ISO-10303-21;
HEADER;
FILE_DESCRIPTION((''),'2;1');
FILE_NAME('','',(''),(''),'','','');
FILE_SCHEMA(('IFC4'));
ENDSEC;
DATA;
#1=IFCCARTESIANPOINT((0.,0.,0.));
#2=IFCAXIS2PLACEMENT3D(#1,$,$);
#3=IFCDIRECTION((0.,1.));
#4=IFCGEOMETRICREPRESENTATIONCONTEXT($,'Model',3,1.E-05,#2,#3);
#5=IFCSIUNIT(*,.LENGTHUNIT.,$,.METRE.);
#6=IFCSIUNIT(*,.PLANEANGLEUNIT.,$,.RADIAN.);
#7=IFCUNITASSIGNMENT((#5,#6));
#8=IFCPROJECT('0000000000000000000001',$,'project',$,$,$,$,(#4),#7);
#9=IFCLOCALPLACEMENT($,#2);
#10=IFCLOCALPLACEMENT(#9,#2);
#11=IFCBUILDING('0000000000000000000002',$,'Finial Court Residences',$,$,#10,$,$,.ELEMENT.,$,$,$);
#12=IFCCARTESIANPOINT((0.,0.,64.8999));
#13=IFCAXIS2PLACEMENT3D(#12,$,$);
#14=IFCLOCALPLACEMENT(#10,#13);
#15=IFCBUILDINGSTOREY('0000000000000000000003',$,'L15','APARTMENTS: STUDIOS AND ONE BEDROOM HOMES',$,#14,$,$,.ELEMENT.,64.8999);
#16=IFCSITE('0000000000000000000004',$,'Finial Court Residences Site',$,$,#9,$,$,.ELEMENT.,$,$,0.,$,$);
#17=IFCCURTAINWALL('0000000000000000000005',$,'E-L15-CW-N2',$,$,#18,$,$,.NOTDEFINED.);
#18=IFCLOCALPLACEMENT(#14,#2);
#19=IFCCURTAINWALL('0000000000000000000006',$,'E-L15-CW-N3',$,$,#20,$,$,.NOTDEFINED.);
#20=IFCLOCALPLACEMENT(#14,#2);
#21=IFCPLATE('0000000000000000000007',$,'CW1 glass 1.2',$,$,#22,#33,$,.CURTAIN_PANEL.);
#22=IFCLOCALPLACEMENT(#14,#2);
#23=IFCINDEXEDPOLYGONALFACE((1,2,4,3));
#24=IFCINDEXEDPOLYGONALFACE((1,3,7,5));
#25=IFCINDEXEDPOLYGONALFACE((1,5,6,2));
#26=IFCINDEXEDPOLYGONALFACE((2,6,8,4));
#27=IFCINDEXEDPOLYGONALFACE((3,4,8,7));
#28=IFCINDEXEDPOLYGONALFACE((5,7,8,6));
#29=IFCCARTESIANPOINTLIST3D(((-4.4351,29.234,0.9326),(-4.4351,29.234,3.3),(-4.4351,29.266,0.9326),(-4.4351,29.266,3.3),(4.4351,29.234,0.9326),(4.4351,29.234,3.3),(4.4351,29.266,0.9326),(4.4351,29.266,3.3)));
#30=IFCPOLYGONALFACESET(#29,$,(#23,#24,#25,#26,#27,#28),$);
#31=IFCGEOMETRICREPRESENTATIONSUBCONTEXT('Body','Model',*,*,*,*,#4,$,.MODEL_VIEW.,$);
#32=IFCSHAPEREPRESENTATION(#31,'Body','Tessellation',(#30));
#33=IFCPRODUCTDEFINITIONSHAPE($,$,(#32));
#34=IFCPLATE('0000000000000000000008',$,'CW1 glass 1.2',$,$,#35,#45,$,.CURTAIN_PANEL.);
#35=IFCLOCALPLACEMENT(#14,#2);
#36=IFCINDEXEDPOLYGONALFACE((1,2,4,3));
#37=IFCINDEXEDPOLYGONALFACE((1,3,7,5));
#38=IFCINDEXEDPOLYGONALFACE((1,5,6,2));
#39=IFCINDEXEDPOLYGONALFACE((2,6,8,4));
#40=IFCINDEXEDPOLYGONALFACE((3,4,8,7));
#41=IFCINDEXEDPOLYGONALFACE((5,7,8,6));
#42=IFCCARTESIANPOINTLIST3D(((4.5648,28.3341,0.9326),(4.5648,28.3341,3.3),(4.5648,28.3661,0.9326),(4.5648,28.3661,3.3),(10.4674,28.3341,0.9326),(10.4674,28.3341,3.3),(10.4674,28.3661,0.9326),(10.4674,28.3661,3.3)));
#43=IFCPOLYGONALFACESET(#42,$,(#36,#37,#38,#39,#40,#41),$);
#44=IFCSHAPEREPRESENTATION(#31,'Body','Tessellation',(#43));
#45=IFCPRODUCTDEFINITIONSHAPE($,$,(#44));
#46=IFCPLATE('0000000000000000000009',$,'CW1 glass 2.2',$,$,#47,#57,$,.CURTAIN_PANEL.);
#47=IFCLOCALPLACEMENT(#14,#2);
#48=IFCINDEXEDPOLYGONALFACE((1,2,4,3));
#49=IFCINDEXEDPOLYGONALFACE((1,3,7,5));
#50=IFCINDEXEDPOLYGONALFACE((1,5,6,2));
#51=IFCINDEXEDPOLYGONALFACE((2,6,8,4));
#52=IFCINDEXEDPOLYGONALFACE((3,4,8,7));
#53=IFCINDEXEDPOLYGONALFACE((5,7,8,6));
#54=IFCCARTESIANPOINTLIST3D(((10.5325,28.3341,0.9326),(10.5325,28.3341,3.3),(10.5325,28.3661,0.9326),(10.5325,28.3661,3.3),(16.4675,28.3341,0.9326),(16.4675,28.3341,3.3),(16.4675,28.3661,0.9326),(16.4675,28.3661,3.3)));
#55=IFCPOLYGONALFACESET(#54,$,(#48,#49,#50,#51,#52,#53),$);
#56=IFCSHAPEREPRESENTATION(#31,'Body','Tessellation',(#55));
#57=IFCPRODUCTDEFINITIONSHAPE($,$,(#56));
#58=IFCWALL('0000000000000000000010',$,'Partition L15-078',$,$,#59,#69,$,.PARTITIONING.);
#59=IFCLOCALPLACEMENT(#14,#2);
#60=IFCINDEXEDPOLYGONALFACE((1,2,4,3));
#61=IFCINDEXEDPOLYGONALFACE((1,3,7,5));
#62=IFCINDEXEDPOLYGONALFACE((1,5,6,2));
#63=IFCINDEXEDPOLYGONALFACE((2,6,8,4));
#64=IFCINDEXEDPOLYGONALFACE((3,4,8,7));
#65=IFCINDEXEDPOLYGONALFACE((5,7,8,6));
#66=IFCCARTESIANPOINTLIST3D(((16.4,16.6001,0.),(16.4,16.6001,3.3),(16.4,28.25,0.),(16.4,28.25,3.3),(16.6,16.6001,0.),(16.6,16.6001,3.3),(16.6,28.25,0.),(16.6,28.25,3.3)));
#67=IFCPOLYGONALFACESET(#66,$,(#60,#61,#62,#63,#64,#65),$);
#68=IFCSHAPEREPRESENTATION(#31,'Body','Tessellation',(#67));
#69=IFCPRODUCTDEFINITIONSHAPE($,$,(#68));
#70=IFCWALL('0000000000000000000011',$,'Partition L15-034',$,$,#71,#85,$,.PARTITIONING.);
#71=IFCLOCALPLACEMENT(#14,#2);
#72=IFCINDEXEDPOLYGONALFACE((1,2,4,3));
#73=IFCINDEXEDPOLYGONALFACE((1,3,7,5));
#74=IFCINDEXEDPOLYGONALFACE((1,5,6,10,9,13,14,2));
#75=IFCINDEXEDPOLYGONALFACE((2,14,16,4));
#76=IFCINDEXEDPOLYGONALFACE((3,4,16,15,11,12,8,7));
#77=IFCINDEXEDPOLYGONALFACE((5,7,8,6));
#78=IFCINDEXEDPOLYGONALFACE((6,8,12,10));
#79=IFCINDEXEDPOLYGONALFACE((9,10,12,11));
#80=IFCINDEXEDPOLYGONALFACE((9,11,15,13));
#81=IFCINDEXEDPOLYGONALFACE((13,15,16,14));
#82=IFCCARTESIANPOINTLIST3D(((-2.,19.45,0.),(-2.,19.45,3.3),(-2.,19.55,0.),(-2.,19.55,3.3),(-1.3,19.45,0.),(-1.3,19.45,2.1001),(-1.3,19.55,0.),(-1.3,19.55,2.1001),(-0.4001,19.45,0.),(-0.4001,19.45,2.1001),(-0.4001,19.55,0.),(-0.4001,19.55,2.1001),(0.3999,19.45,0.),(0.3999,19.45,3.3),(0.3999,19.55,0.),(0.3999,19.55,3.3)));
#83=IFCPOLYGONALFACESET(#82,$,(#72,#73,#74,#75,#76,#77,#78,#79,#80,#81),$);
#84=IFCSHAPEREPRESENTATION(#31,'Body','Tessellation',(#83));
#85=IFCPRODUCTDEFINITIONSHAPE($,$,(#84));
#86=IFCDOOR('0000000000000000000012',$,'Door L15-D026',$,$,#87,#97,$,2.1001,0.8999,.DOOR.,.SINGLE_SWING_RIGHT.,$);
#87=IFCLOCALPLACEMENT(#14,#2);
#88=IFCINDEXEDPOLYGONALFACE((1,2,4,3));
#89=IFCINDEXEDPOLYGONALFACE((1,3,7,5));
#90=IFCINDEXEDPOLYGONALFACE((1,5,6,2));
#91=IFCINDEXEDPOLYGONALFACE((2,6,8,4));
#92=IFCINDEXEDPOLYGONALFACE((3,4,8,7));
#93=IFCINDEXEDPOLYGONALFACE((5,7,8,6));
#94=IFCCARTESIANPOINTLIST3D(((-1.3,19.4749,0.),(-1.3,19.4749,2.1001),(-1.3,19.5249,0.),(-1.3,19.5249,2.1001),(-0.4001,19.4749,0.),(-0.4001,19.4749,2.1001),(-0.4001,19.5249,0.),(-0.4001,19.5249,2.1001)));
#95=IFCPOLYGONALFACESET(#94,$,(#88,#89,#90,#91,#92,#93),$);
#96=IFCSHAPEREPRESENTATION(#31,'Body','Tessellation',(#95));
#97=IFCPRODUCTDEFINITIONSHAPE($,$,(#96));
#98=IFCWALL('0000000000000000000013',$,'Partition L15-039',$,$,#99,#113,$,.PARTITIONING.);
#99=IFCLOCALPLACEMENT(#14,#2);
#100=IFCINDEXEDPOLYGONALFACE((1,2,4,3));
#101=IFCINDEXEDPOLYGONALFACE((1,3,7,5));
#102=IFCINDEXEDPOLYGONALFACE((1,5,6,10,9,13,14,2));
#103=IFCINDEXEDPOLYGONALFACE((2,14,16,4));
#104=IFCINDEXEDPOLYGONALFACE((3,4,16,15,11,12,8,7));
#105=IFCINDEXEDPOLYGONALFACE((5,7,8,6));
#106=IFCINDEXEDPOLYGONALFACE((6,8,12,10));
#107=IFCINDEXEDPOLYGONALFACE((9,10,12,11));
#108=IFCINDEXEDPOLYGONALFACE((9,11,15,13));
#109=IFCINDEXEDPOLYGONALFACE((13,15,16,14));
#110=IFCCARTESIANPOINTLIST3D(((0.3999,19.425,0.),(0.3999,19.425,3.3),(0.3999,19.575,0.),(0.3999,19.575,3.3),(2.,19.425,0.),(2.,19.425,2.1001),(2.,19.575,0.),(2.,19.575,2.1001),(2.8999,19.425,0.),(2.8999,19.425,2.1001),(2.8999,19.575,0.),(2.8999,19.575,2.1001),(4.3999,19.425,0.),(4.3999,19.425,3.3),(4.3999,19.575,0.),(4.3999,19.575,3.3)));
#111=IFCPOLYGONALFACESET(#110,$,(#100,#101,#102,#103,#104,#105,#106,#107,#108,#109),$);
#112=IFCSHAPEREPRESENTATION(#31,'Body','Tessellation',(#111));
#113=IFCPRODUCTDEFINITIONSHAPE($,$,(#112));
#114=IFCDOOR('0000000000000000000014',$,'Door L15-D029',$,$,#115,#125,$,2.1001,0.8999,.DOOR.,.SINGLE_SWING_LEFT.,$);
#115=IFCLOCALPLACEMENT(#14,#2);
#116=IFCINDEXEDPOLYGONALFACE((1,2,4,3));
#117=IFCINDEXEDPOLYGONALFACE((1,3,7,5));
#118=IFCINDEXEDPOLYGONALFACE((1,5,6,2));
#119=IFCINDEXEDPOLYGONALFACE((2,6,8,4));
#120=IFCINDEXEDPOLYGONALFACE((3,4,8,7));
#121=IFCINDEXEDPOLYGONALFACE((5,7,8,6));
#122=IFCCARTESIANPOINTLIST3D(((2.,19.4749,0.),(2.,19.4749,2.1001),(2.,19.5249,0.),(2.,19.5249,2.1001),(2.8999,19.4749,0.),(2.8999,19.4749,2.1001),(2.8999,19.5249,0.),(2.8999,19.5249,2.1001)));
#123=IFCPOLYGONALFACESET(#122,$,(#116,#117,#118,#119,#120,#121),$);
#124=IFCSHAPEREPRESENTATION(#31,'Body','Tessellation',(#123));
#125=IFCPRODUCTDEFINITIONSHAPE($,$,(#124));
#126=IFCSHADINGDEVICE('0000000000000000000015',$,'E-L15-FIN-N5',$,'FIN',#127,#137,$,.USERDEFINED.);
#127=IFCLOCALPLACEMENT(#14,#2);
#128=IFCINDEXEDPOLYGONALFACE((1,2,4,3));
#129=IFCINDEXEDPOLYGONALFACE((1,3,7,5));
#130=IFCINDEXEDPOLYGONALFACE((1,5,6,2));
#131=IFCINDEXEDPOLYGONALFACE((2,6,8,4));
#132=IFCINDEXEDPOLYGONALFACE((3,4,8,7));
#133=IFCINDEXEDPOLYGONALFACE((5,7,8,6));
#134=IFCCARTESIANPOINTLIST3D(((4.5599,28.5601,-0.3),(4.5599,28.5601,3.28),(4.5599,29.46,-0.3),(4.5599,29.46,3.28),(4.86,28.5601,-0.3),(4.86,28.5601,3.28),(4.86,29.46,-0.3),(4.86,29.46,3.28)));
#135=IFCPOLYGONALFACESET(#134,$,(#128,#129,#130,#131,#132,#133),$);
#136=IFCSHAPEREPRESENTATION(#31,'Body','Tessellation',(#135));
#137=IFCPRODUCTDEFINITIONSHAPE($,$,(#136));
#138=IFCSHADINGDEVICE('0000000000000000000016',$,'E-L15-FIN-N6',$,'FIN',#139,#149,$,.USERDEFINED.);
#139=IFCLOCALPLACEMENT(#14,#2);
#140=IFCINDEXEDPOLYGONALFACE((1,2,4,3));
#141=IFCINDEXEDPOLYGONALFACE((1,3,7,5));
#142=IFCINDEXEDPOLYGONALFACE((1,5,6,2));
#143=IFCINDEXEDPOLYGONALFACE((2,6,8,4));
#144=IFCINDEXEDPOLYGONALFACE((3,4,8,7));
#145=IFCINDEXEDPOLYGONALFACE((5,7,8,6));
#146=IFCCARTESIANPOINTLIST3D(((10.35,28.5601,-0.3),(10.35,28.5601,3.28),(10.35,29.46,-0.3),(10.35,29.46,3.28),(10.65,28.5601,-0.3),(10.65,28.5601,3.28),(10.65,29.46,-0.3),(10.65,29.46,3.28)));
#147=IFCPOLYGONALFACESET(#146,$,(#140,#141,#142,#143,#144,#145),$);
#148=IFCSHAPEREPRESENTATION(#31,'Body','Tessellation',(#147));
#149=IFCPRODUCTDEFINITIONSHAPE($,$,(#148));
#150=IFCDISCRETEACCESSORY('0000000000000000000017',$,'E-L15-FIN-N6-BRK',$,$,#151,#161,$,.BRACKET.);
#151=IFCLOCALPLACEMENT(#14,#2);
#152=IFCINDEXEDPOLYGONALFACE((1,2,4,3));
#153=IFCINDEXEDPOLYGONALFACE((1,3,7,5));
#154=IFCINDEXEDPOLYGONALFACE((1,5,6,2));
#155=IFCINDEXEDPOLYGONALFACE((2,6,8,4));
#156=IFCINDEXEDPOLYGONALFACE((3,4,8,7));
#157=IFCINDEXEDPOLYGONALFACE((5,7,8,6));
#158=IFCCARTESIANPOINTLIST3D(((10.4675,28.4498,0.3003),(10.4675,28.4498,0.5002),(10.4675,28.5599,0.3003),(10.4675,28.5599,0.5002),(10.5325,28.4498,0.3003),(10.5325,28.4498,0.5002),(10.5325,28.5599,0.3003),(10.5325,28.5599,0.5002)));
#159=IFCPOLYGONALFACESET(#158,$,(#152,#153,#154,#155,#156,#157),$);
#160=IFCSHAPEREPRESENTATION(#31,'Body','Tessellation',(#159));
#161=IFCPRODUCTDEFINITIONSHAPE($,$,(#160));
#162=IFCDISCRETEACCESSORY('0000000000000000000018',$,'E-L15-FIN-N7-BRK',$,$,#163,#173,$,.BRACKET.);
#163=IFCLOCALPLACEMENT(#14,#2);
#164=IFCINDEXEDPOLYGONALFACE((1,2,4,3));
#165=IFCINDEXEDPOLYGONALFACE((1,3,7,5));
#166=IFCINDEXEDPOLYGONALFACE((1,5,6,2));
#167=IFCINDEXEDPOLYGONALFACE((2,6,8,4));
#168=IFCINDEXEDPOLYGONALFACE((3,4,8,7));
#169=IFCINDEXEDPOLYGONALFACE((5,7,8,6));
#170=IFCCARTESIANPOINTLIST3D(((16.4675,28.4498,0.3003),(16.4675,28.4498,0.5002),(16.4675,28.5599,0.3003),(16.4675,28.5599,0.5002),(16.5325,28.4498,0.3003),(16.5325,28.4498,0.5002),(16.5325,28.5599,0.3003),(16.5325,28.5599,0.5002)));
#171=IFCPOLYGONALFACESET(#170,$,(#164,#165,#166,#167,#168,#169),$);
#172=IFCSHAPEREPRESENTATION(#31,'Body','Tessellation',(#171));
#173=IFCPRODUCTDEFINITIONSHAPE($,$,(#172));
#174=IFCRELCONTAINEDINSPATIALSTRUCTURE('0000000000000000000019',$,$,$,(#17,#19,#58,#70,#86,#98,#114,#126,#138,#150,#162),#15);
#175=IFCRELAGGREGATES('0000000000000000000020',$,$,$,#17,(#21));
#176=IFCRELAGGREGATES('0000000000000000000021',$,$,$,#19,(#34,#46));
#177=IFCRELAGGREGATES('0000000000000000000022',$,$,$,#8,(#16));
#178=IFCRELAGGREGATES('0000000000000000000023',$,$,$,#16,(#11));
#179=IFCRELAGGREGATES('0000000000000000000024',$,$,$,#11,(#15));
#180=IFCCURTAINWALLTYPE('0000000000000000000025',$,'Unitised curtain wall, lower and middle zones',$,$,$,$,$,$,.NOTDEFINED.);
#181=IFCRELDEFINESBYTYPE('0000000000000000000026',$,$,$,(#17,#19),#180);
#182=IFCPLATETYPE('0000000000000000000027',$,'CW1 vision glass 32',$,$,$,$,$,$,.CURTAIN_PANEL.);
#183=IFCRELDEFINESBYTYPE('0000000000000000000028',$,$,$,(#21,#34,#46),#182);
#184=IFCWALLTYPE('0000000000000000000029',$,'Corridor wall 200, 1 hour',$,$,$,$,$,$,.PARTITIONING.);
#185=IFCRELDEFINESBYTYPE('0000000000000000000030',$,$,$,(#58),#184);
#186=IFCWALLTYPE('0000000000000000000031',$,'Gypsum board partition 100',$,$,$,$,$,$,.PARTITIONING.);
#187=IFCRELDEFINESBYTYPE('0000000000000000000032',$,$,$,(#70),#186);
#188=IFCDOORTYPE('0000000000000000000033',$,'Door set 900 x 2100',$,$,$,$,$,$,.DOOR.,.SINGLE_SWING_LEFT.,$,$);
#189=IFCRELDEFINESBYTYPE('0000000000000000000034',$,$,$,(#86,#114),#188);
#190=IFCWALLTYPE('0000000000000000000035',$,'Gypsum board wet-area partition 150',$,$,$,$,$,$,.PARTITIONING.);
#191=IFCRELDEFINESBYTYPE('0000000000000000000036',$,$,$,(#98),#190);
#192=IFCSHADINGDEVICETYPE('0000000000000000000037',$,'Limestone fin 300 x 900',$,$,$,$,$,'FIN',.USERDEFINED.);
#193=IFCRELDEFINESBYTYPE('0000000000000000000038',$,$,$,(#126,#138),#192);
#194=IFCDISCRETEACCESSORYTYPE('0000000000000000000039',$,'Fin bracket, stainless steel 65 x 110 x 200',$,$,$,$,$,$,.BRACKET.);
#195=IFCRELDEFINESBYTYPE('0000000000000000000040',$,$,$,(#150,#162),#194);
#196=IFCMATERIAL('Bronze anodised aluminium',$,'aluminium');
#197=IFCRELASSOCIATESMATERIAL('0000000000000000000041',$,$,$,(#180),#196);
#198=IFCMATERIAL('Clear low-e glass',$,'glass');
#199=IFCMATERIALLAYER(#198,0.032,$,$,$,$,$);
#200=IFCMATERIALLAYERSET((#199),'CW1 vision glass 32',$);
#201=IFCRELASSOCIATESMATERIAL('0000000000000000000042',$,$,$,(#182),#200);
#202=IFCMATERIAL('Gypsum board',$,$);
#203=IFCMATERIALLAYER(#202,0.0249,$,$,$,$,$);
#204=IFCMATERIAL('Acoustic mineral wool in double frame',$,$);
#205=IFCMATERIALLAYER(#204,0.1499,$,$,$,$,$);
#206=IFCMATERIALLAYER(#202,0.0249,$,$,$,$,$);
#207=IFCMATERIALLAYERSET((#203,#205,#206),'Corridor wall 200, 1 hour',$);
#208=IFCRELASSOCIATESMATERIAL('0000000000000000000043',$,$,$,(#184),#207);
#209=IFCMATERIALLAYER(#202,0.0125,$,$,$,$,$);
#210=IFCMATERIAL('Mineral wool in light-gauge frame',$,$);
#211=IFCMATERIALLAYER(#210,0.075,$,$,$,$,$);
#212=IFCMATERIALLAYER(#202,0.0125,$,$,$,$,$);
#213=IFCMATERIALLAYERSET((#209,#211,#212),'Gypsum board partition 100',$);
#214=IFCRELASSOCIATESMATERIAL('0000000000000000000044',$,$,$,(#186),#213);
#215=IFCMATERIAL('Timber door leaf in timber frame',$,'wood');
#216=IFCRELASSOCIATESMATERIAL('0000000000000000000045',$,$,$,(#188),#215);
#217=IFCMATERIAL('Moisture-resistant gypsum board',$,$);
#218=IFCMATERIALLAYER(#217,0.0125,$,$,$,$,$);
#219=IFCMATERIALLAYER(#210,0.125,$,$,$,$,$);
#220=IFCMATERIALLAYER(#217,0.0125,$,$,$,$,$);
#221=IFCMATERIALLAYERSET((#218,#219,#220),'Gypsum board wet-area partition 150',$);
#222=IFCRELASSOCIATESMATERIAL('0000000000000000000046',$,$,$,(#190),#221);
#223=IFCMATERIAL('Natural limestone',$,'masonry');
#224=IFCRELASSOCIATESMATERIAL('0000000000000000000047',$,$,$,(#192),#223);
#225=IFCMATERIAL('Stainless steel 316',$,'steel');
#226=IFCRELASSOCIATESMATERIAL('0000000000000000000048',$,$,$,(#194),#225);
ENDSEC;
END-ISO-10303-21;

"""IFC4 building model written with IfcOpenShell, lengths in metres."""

from ifc_helpers import new_model, si_unit, direction, frame, frame_2d, origin, origin_2d, place, context, subcontext, project, spatial, rectangle, extrude, material, layer, layer_set, type_object, element, fill, aggregate, save


model = new_model("IFC4")

# Units and contexts
model_context = context("Model", 3, precision=1e-05, world=origin(), true_north=direction((0.0, 1.0)))
body_context = subcontext(model_context, "Body", "Model", "MODEL_VIEW")
ifc_project = project(units=[si_unit("LENGTHUNIT", "METRE"), si_unit("PLANEANGLEUNIT", "RADIAN")], contexts=[model_context])

# Site, building, storey
site_placement = place(None, origin())
site = spatial("IfcSite", under=ifc_project, at=site_placement, Name="Finial Court Residences Site", CompositionType="ELEMENT", RefElevation=0.0)
building_placement = place(site_placement, origin())
building = spatial("IfcBuilding", under=site, at=building_placement, Name="Finial Court Residences", CompositionType="ELEMENT")
storey_placement = place(building_placement, frame((0.0, 0.0, 64.8999)))
storey = spatial("IfcBuildingStorey", under=building, at=storey_placement, Name="L15", Description="APARTMENTS: STUDIOS AND ONE BEDROOM HOMES", CompositionType="ELEMENT", Elevation=64.8999)

# Curtain wall
ifc_material_1 = material(Name="Bronze anodised aluminium", Category="aluminium")
curtain_wall_type = type_object("IfcCurtainWallType", Name="Unitised curtain wall, lower and middle zones", PredefinedType="NOTDEFINED", material=ifc_material_1)
curtain_wall_1_placement = place(storey_placement, origin())
curtain_wall_1 = element("IfcCurtainWall", 1, at=curtain_wall_1_placement, inside=storey, type_object=curtain_wall_type, Name="E-L15-CW-N2", PredefinedType="NOTDEFINED")

# Curtain wall
curtain_wall_2_placement = place(storey_placement, origin())
curtain_wall_2 = element("IfcCurtainWall", 2, at=curtain_wall_2_placement, inside=storey, type_object=curtain_wall_type, Name="E-L15-CW-N3", PredefinedType="NOTDEFINED")

# Plates
ifc_material_2 = material(Name="Clear low-e glass", Category="glass")
ifc_layer_1 = layer(ifc_material_2, 0.032)
ifc_layer_set_1 = layer_set([ifc_layer_1], Name="CW1 vision glass 32")
plate_type_1 = type_object("IfcPlateType", Name="CW1 vision glass 32", PredefinedType="CURTAIN_PANEL", material=ifc_layer_set_1)
plate_1_placement = place(storey_placement, frame((0.0, 29.25, 0.9326), z_axis=(0.0, 0.0, 1.0), x_axis=(1.0, 0.0, 0.0)))
plate_1 = element("IfcPlate", 3, at=plate_1_placement, type_object=plate_type_1, Name="CW1 glass 1.2", PredefinedType="CURTAIN_PANEL", context=body_context, shape_type="SweptSolid", body=[
    extrude(rectangle(XDim=8.8701, YDim=0.032, at=origin_2d()), origin(), (0.0, 0.0, 1.0), 2.3674),
])
aggregate(curtain_wall_1, [plate_1])
plate_2_placement = place(storey_placement, frame((7.5161, 28.3501, 0.9326), z_axis=(0.0, 0.0, 1.0), x_axis=(1.0, 0.0, 0.0)))
plate_2 = element("IfcPlate", 4, at=plate_2_placement, type_object=plate_type_1, Name="CW1 glass 1.2", PredefinedType="CURTAIN_PANEL", context=body_context, shape_type="SweptSolid", body=[
    extrude(rectangle(XDim=5.9026, YDim=0.032, at=origin_2d()), origin(), (0.0, 0.0, 1.0), 2.3674),
])
plate_3_placement = place(storey_placement, frame((13.5, 28.3501, 0.9326), z_axis=(0.0, 0.0, 1.0), x_axis=(1.0, 0.0, 0.0)))
plate_3 = element("IfcPlate", 5, at=plate_3_placement, type_object=plate_type_1, Name="CW1 glass 2.2", PredefinedType="CURTAIN_PANEL", context=body_context, shape_type="SweptSolid", body=[
    extrude(rectangle(XDim=5.9351, YDim=0.032, at=origin_2d()), origin(), (0.0, 0.0, 1.0), 2.3674),
])
aggregate(curtain_wall_2, [plate_2, plate_3])

# Wall
ifc_material_3 = material(Name="Gypsum board")
ifc_layer_2 = layer(ifc_material_3, 0.0249)
ifc_material_4 = material(Name="Acoustic mineral wool in double frame")
ifc_layer_3 = layer(ifc_material_4, 0.1499)
ifc_layer_4 = layer(ifc_material_3, 0.0249)
ifc_layer_set_2 = layer_set([ifc_layer_2, ifc_layer_3, ifc_layer_4], Name="Corridor wall 200, 1 hour")
wall_type_1 = type_object("IfcWallType", Name="Corridor wall 200, 1 hour", PredefinedType="PARTITIONING", material=ifc_layer_set_2)
wall_1_placement = place(storey_placement, frame((16.5, 16.6001, 0.0), z_axis=(0.0, 0.0, 1.0), x_axis=(0.0, 1.0, 0.0)))
element("IfcWall", 6, at=wall_1_placement, inside=storey, type_object=wall_type_1, Name="Partition L15-078", PredefinedType="PARTITIONING", context=body_context, shape_type="SweptSolid", body=[
    extrude(rectangle(XDim=11.6499, YDim=0.2, at=frame_2d((5.825, 0.0))), origin(), (0.0, 0.0, 1.0), 3.3),
])

# Walls, openings, doors
ifc_layer_5 = layer(ifc_material_3, 0.0125)
ifc_material_5 = material(Name="Mineral wool in light-gauge frame")
ifc_layer_6 = layer(ifc_material_5, 0.075)
ifc_layer_7 = layer(ifc_material_3, 0.0125)
ifc_layer_set_3 = layer_set([ifc_layer_5, ifc_layer_6, ifc_layer_7], Name="Gypsum board partition 100")
wall_type_2 = type_object("IfcWallType", Name="Gypsum board partition 100", PredefinedType="PARTITIONING", material=ifc_layer_set_3)
wall_2_placement = place(storey_placement, frame((-2.0, 19.5, 0.0), z_axis=(0.0, 0.0, 1.0), x_axis=(1.0, 0.0, 0.0)))
wall_2 = element("IfcWall", 7, at=wall_2_placement, inside=storey, type_object=wall_type_2, Name="Partition L15-034", PredefinedType="PARTITIONING", context=body_context, shape_type="SweptSolid", body=[
    extrude(rectangle(XDim=2.3999, YDim=0.1001, at=frame_2d((1.2, 0.0))), origin(), (0.0, 0.0, 1.0), 3.3),
])
opening_1_placement = place(wall_2_placement, frame((0.7, 0.0, 0.0)))
opening_1 = element("IfcOpeningElement", 8, at=opening_1_placement, cuts=wall_2, PredefinedType="OPENING", context=body_context, shape_type="SweptSolid", body=[
    extrude(rectangle(XDim=0.8999, YDim=2.1001, at=frame_2d((0.45, 1.05))), frame((0.0, 0.0601, 0.0), z_axis=(0.0, -1.0, 0.0), x_axis=(1.0, 0.0, 0.0)), (0.0, 0.0, 1.0), 0.1201),
])
ifc_material_6 = material(Name="Timber door leaf in timber frame", Category="wood")
door_type = type_object("IfcDoorType", Name="Door set 900 x 2100", OperationType="SINGLE_SWING_LEFT", PredefinedType="DOOR", material=ifc_material_6)
door_1_placement = place(opening_1_placement, origin())
door_1 = element("IfcDoor", 9, at=door_1_placement, inside=storey, type_object=door_type, Name="Door L15-D026", OperationType="SINGLE_SWING_RIGHT", OverallHeight=2.1001, OverallWidth=0.8999, PredefinedType="DOOR", context=body_context, shape_type="SweptSolid", body=[
    extrude(rectangle(XDim=0.8999, YDim=2.1001, at=frame_2d((0.45, 1.05))), frame((0.0, 0.0249, 0.0), z_axis=(0.0, -1.0, 0.0), x_axis=(1.0, 0.0, 0.0)), (0.0, 0.0, 1.0), 0.05),
])
fill(opening_1, door_1)
ifc_material_7 = material(Name="Moisture-resistant gypsum board")
ifc_layer_8 = layer(ifc_material_7, 0.0125)
ifc_layer_9 = layer(ifc_material_5, 0.125)
ifc_layer_10 = layer(ifc_material_7, 0.0125)
ifc_layer_set_4 = layer_set([ifc_layer_8, ifc_layer_9, ifc_layer_10], Name="Gypsum board wet-area partition 150")
wall_type_3 = type_object("IfcWallType", Name="Gypsum board wet-area partition 150", PredefinedType="PARTITIONING", material=ifc_layer_set_4)
wall_3_placement = place(storey_placement, frame((0.3999, 19.5, 0.0), z_axis=(0.0, 0.0, 1.0), x_axis=(1.0, 0.0, 0.0)))
wall_3 = element("IfcWall", 10, at=wall_3_placement, inside=storey, type_object=wall_type_3, Name="Partition L15-039", PredefinedType="PARTITIONING", context=body_context, shape_type="SweptSolid", body=[
    extrude(rectangle(XDim=4.0, YDim=0.1499, at=frame_2d((2.0, 0.0))), origin(), (0.0, 0.0, 1.0), 3.3),
])
opening_2_placement = place(wall_3_placement, frame((1.6001, 0.0, 0.0)))
opening_2 = element("IfcOpeningElement", 11, at=opening_2_placement, cuts=wall_3, PredefinedType="OPENING", context=body_context, shape_type="SweptSolid", body=[
    extrude(rectangle(XDim=0.8999, YDim=2.1001, at=frame_2d((0.45, 1.05))), frame((0.0, 0.085, 0.0), z_axis=(0.0, -1.0, 0.0), x_axis=(1.0, 0.0, 0.0)), (0.0, 0.0, 1.0), 0.1699),
])
door_2_placement = place(opening_2_placement, origin())
door_2 = element("IfcDoor", 12, at=door_2_placement, inside=storey, type_object=door_type, Name="Door L15-D029", OperationType="SINGLE_SWING_LEFT", OverallHeight=2.1001, OverallWidth=0.8999, PredefinedType="DOOR", context=body_context, shape_type="SweptSolid", body=[
    extrude(rectangle(XDim=0.8999, YDim=2.1001, at=frame_2d((0.45, 1.05))), frame((0.0, 0.0249, 0.0), z_axis=(0.0, -1.0, 0.0), x_axis=(1.0, 0.0, 0.0)), (0.0, 0.0, 1.0), 0.05),
])
fill(opening_2, door_2)

# Shading devices
ifc_material_8 = material(Name="Natural limestone", Category="masonry")
shading_device_type = type_object("IfcShadingDeviceType", Name="Limestone fin 300 x 900", ElementType="FIN", PredefinedType="USERDEFINED", material=ifc_material_8)
for number, where, z_axis, x_axis, name in (
    (13, (4.71, 29.01, -0.3), (0.0, 0.0, 1.0), (1.0, 0.0, 0.0), "E-L15-FIN-N5"),
    (14, (10.5, 29.01, -0.3), (0.0, 0.0, 1.0), (1.0, 0.0, 0.0), "E-L15-FIN-N6"),
):
    element("IfcShadingDevice", number, at=place(storey_placement, frame(where, z_axis=z_axis, x_axis=x_axis)), inside=storey, type_object=shading_device_type, Name=name, ObjectType="FIN", PredefinedType="USERDEFINED", context=body_context, shape_type="SweptSolid", body=[
        extrude(rectangle(XDim=0.3, YDim=0.8999, at=origin_2d()), origin(), (0.0, 0.0, 1.0), 3.5801),
    ])

# Discrete accessories
ifc_material_9 = material(Name="Stainless steel 316", Category="steel")
discrete_accessory_type = type_object("IfcDiscreteAccessoryType", Name="Fin bracket, stainless steel 65 x 110 x 200", PredefinedType="BRACKET", material=ifc_material_9)
for number, where, z_axis, x_axis, name in (
    (15, (10.5, 28.5049, 0.3003), (0.0, 0.0, 1.0), (1.0, 0.0, 0.0), "E-L15-FIN-N6-BRK"),
    (16, (16.5, 28.5049, 0.3003), (0.0, 0.0, 1.0), (1.0, 0.0, 0.0), "E-L15-FIN-N7-BRK"),
):
    element("IfcDiscreteAccessory", number, at=place(storey_placement, frame(where, z_axis=z_axis, x_axis=x_axis)), inside=storey, type_object=discrete_accessory_type, Name=name, PredefinedType="BRACKET", context=body_context, shape_type="SweptSolid", body=[
        extrude(rectangle(XDim=0.0649, YDim=0.1101, at=origin_2d()), origin(), (0.0, 0.0, 1.0), 0.2),
    ])

save(model, "model.ifc")
